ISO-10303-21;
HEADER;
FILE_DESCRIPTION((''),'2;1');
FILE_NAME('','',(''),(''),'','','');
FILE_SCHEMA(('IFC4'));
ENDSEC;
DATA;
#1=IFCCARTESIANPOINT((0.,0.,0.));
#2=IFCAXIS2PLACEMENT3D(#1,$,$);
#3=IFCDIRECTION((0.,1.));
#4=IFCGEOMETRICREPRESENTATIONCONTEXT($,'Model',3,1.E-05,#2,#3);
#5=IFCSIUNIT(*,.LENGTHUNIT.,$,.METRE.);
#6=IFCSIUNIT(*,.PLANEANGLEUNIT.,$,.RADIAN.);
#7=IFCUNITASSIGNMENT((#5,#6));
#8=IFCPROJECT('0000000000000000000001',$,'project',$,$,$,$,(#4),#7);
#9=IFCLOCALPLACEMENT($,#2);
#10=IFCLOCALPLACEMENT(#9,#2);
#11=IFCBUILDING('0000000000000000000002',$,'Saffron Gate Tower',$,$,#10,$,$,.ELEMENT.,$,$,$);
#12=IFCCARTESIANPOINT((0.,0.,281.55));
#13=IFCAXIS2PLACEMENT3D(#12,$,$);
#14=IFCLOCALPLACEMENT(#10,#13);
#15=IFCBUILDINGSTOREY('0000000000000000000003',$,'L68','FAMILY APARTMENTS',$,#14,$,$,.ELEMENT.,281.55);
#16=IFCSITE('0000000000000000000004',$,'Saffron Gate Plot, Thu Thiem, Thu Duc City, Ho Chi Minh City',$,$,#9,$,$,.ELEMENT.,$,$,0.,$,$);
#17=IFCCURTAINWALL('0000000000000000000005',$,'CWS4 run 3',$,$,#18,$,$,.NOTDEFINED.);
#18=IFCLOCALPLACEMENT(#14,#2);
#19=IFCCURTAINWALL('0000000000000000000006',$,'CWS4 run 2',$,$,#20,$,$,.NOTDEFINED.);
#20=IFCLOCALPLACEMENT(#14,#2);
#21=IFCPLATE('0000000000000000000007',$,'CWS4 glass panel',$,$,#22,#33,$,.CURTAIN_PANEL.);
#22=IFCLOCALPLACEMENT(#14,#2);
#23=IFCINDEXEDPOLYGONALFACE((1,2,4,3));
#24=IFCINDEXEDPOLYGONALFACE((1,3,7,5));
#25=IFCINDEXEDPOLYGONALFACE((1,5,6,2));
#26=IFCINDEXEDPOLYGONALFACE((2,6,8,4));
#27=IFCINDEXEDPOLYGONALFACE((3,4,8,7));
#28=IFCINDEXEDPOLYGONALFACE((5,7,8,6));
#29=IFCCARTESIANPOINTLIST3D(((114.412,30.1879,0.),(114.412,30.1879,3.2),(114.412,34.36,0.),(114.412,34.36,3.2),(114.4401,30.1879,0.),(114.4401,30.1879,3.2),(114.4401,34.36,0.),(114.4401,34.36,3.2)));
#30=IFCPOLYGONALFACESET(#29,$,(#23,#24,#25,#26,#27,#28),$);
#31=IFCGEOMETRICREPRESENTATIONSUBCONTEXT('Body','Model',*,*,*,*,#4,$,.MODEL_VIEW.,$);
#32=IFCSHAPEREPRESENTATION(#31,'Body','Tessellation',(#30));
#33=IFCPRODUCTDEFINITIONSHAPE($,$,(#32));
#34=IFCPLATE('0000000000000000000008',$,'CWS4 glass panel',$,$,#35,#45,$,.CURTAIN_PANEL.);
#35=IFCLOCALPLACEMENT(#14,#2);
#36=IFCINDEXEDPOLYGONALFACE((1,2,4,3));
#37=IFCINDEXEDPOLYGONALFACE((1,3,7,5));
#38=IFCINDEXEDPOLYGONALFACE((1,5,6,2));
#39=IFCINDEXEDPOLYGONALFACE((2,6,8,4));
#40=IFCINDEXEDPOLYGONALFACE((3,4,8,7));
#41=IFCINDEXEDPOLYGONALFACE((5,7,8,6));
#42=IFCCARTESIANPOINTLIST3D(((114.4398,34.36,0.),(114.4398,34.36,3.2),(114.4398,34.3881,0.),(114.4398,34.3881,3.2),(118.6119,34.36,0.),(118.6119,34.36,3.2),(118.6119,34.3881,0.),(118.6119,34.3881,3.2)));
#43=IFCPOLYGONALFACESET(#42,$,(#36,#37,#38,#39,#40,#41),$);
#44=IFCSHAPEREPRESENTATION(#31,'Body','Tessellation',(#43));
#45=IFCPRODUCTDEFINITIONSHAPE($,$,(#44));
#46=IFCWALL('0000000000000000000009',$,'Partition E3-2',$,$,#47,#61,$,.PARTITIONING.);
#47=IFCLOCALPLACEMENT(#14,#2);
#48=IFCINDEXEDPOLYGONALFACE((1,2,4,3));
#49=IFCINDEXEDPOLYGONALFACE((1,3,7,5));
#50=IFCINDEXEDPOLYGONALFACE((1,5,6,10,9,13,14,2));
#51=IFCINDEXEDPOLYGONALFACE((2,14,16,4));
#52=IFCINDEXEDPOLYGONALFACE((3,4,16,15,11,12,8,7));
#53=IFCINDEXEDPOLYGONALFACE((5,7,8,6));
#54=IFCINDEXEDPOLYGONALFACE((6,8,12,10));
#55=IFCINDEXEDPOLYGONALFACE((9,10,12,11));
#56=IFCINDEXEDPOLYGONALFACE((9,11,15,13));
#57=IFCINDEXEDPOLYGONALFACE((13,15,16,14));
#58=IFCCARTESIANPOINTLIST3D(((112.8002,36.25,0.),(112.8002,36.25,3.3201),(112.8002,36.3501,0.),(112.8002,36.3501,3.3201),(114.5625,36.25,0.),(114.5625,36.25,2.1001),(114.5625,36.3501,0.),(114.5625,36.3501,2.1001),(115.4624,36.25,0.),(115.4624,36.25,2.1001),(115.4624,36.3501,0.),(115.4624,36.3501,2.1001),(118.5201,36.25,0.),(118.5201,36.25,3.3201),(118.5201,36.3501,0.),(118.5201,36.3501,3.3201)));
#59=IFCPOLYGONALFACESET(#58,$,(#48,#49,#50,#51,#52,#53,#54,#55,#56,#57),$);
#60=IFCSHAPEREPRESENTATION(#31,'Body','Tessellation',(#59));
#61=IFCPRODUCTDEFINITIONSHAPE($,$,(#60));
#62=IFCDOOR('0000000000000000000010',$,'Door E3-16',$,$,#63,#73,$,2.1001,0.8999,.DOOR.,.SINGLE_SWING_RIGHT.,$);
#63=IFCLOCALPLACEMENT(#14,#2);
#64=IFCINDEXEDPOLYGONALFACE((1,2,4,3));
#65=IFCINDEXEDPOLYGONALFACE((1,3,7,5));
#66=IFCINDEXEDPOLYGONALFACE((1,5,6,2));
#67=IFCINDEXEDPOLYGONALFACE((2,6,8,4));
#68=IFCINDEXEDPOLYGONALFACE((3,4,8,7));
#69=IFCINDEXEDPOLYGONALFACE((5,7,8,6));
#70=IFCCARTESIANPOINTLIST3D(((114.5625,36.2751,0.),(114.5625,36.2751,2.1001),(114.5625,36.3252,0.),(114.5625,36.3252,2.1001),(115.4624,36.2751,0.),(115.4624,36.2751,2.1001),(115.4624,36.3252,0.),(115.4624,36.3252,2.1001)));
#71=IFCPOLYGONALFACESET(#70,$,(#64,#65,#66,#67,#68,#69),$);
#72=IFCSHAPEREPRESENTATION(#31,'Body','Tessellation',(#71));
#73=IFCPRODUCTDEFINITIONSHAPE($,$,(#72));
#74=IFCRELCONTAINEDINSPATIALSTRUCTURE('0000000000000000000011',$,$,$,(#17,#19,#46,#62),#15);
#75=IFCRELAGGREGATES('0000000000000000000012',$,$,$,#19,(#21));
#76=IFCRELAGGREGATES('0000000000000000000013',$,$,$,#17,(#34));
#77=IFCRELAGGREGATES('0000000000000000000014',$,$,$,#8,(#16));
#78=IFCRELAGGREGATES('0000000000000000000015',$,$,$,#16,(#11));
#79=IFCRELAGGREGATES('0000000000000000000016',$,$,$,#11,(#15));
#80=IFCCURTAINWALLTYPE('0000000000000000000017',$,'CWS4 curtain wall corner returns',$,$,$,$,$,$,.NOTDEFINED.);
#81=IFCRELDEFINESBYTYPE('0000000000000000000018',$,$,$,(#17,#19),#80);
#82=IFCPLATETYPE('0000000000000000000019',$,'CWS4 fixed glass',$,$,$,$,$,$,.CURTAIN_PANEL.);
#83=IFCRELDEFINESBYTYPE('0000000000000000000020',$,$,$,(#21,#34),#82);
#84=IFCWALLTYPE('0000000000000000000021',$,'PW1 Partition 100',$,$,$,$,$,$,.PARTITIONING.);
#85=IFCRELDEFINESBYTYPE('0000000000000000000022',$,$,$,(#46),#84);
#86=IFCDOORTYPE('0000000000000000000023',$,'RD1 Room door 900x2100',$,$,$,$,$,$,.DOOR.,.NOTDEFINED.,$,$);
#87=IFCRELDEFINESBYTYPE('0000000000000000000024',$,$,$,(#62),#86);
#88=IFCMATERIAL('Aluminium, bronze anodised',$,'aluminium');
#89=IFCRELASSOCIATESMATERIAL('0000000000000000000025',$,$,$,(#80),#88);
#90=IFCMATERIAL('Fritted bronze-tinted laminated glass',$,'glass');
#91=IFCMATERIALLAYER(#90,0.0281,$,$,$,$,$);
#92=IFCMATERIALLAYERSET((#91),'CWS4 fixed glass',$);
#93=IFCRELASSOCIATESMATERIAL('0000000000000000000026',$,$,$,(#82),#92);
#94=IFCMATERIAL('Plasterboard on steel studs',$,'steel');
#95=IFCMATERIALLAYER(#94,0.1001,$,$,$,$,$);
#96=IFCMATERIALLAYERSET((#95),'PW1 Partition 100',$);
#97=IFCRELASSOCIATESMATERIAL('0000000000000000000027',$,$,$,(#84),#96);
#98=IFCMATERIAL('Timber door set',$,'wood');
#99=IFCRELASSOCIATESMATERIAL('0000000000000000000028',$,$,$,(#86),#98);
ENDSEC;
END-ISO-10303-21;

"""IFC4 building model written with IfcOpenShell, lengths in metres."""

from ifc_helpers import new_model, si_unit, direction, frame, frame_2d, origin, place, context, subcontext, project, spatial, rectangle, extrude, material, layer, layer_set, type_object, element, fill, aggregate, save


model = new_model("IFC4")

# Units and contexts
model_context = context("Model", 3, precision=1e-05, world=origin(), true_north=direction((0.0, 1.0)))
body_context = subcontext(model_context, "Body", "Model", "MODEL_VIEW")
ifc_project = project(units=[si_unit("LENGTHUNIT", "METRE"), si_unit("PLANEANGLEUNIT", "RADIAN")], contexts=[model_context])

# Site, building, storey
site_placement = place(None, origin())
site = spatial("IfcSite", under=ifc_project, at=site_placement, Name="Saffron Gate Plot, Thu Thiem, Thu Duc City, Ho Chi Minh City", CompositionType="ELEMENT", RefElevation=0.0)
building_placement = place(site_placement, origin())
building = spatial("IfcBuilding", under=site, at=building_placement, Name="Saffron Gate Tower", CompositionType="ELEMENT")
storey_placement = place(building_placement, frame((0.0, 0.0, 281.55)))
storey = spatial("IfcBuildingStorey", under=building, at=storey_placement, Name="L68", Description="FAMILY APARTMENTS", CompositionType="ELEMENT", Elevation=281.55)

# Shared definitions
ifc_material_1 = material(Name="Aluminium, bronze anodised", Category="aluminium")

# Curtain wall
curtain_wall_type_1 = type_object("IfcCurtainWallType", Name="CWS4 curtain wall corner returns", PredefinedType="NOTDEFINED", material=ifc_material_1)
curtain_wall_1_placement = place(storey_placement, origin())
curtain_wall_1 = element("IfcCurtainWall", 1, at=curtain_wall_1_placement, inside=storey, type_object=curtain_wall_type_1, Name="CWS4 run 3", PredefinedType="NOTDEFINED")

# Curtain wall
curtain_wall_2_placement = place(storey_placement, origin())
curtain_wall_2 = element("IfcCurtainWall", 2, at=curtain_wall_2_placement, inside=storey, type_object=curtain_wall_type_1, Name="CWS4 run 2", PredefinedType="NOTDEFINED")

# Shared definitions
ifc_material_2 = material(Name="Fritted bronze-tinted laminated glass", Category="glass")

# Plates
ifc_layer_1 = layer(ifc_material_2, 0.0281)
ifc_layer_set_1 = layer_set([ifc_layer_1], Name="CWS4 fixed glass")
plate_type_1 = type_object("IfcPlateType", Name="CWS4 fixed glass", PredefinedType="CURTAIN_PANEL", material=ifc_layer_set_1)
plate_1_placement = place(storey_placement, frame((114.426, 30.188, 0.0), z_axis=(0.0, 0.0, 1.0), x_axis=(0.0, 1.0, 0.0)))
plate_1 = element("IfcPlate", 3, at=plate_1_placement, type_object=plate_type_1, Name="CWS4 glass panel", PredefinedType="CURTAIN_PANEL", context=body_context, shape_type="SweptSolid", body=[
    extrude(rectangle(XDim=4.1721, YDim=0.0281, at=frame_2d((2.0859, 0.0))), origin(), (0.0, 0.0, 1.0), 3.2),
])
aggregate(curtain_wall_2, [plate_1])
plate_2_placement = place(storey_placement, frame((114.4399, 34.374, 0.0), z_axis=(0.0, 0.0, 1.0), x_axis=(1.0, 0.0, 0.0)))
plate_2 = element("IfcPlate", 4, at=plate_2_placement, type_object=plate_type_1, Name="CWS4 glass panel", PredefinedType="CURTAIN_PANEL", context=body_context, shape_type="SweptSolid", body=[
    extrude(rectangle(XDim=4.1721, YDim=0.0281, at=frame_2d((2.0859, 0.0))), origin(), (0.0, 0.0, 1.0), 3.2),
])
aggregate(curtain_wall_1, [plate_2])

# Wall, opening, door
ifc_material_3 = material(Name="Plasterboard on steel studs", Category="steel")
ifc_layer_2 = layer(ifc_material_3, 0.1001)
ifc_layer_set_2 = layer_set([ifc_layer_2], Name="PW1 Partition 100")
wall_type = type_object("IfcWallType", Name="PW1 Partition 100", PredefinedType="PARTITIONING", material=ifc_layer_set_2)
wall_placement = place(storey_placement, frame((118.52, 36.3, 0.0), z_axis=(0.0, 0.0, 1.0), x_axis=(-1.0, 0.0, 0.0)))
wall = element("IfcWall", 5, at=wall_placement, inside=storey, type_object=wall_type, Name="Partition E3-2", PredefinedType="PARTITIONING", context=body_context, shape_type="SweptSolid", body=[
    extrude(rectangle(XDim=5.72, YDim=0.1001, at=frame_2d((2.8599, 0.0))), origin(), (0.0, 0.0, 1.0), 3.3201),
])
opening_1_placement = place(wall_placement, frame((3.0576, 0.0, 0.0)))
opening_1 = element("IfcOpeningElement", 6, at=opening_1_placement, cuts=wall, PredefinedType="OPENING", context=body_context, shape_type="SweptSolid", body=[
    extrude(rectangle(XDim=0.8999, YDim=2.1001, at=frame_2d((0.45, 1.05))), frame((0.0, 0.0601, 0.0), z_axis=(0.0, -1.0, 0.0), x_axis=(1.0, 0.0, 0.0)), (0.0, 0.0, 1.0), 0.1201),
])
ifc_material_4 = material(Name="Timber door set", Category="wood")
door_type = type_object("IfcDoorType", Name="RD1 Room door 900x2100", OperationType="NOTDEFINED", PredefinedType="DOOR", material=ifc_material_4)
door_placement = place(opening_1_placement, origin())
door = element("IfcDoor", 7, at=door_placement, inside=storey, type_object=door_type, Name="Door E3-16", OperationType="SINGLE_SWING_RIGHT", OverallHeight=2.1001, OverallWidth=0.8999, PredefinedType="DOOR", context=body_context, shape_type="SweptSolid", body=[
    extrude(rectangle(XDim=0.8999, YDim=2.1001, at=frame_2d((0.45, 1.05))), frame((0.0, 0.0249, 0.0), z_axis=(0.0, -1.0, 0.0), x_axis=(1.0, 0.0, 0.0)), (0.0, 0.0, 1.0), 0.05),
])
fill(opening_1, door)

save(model, "model.ifc")
